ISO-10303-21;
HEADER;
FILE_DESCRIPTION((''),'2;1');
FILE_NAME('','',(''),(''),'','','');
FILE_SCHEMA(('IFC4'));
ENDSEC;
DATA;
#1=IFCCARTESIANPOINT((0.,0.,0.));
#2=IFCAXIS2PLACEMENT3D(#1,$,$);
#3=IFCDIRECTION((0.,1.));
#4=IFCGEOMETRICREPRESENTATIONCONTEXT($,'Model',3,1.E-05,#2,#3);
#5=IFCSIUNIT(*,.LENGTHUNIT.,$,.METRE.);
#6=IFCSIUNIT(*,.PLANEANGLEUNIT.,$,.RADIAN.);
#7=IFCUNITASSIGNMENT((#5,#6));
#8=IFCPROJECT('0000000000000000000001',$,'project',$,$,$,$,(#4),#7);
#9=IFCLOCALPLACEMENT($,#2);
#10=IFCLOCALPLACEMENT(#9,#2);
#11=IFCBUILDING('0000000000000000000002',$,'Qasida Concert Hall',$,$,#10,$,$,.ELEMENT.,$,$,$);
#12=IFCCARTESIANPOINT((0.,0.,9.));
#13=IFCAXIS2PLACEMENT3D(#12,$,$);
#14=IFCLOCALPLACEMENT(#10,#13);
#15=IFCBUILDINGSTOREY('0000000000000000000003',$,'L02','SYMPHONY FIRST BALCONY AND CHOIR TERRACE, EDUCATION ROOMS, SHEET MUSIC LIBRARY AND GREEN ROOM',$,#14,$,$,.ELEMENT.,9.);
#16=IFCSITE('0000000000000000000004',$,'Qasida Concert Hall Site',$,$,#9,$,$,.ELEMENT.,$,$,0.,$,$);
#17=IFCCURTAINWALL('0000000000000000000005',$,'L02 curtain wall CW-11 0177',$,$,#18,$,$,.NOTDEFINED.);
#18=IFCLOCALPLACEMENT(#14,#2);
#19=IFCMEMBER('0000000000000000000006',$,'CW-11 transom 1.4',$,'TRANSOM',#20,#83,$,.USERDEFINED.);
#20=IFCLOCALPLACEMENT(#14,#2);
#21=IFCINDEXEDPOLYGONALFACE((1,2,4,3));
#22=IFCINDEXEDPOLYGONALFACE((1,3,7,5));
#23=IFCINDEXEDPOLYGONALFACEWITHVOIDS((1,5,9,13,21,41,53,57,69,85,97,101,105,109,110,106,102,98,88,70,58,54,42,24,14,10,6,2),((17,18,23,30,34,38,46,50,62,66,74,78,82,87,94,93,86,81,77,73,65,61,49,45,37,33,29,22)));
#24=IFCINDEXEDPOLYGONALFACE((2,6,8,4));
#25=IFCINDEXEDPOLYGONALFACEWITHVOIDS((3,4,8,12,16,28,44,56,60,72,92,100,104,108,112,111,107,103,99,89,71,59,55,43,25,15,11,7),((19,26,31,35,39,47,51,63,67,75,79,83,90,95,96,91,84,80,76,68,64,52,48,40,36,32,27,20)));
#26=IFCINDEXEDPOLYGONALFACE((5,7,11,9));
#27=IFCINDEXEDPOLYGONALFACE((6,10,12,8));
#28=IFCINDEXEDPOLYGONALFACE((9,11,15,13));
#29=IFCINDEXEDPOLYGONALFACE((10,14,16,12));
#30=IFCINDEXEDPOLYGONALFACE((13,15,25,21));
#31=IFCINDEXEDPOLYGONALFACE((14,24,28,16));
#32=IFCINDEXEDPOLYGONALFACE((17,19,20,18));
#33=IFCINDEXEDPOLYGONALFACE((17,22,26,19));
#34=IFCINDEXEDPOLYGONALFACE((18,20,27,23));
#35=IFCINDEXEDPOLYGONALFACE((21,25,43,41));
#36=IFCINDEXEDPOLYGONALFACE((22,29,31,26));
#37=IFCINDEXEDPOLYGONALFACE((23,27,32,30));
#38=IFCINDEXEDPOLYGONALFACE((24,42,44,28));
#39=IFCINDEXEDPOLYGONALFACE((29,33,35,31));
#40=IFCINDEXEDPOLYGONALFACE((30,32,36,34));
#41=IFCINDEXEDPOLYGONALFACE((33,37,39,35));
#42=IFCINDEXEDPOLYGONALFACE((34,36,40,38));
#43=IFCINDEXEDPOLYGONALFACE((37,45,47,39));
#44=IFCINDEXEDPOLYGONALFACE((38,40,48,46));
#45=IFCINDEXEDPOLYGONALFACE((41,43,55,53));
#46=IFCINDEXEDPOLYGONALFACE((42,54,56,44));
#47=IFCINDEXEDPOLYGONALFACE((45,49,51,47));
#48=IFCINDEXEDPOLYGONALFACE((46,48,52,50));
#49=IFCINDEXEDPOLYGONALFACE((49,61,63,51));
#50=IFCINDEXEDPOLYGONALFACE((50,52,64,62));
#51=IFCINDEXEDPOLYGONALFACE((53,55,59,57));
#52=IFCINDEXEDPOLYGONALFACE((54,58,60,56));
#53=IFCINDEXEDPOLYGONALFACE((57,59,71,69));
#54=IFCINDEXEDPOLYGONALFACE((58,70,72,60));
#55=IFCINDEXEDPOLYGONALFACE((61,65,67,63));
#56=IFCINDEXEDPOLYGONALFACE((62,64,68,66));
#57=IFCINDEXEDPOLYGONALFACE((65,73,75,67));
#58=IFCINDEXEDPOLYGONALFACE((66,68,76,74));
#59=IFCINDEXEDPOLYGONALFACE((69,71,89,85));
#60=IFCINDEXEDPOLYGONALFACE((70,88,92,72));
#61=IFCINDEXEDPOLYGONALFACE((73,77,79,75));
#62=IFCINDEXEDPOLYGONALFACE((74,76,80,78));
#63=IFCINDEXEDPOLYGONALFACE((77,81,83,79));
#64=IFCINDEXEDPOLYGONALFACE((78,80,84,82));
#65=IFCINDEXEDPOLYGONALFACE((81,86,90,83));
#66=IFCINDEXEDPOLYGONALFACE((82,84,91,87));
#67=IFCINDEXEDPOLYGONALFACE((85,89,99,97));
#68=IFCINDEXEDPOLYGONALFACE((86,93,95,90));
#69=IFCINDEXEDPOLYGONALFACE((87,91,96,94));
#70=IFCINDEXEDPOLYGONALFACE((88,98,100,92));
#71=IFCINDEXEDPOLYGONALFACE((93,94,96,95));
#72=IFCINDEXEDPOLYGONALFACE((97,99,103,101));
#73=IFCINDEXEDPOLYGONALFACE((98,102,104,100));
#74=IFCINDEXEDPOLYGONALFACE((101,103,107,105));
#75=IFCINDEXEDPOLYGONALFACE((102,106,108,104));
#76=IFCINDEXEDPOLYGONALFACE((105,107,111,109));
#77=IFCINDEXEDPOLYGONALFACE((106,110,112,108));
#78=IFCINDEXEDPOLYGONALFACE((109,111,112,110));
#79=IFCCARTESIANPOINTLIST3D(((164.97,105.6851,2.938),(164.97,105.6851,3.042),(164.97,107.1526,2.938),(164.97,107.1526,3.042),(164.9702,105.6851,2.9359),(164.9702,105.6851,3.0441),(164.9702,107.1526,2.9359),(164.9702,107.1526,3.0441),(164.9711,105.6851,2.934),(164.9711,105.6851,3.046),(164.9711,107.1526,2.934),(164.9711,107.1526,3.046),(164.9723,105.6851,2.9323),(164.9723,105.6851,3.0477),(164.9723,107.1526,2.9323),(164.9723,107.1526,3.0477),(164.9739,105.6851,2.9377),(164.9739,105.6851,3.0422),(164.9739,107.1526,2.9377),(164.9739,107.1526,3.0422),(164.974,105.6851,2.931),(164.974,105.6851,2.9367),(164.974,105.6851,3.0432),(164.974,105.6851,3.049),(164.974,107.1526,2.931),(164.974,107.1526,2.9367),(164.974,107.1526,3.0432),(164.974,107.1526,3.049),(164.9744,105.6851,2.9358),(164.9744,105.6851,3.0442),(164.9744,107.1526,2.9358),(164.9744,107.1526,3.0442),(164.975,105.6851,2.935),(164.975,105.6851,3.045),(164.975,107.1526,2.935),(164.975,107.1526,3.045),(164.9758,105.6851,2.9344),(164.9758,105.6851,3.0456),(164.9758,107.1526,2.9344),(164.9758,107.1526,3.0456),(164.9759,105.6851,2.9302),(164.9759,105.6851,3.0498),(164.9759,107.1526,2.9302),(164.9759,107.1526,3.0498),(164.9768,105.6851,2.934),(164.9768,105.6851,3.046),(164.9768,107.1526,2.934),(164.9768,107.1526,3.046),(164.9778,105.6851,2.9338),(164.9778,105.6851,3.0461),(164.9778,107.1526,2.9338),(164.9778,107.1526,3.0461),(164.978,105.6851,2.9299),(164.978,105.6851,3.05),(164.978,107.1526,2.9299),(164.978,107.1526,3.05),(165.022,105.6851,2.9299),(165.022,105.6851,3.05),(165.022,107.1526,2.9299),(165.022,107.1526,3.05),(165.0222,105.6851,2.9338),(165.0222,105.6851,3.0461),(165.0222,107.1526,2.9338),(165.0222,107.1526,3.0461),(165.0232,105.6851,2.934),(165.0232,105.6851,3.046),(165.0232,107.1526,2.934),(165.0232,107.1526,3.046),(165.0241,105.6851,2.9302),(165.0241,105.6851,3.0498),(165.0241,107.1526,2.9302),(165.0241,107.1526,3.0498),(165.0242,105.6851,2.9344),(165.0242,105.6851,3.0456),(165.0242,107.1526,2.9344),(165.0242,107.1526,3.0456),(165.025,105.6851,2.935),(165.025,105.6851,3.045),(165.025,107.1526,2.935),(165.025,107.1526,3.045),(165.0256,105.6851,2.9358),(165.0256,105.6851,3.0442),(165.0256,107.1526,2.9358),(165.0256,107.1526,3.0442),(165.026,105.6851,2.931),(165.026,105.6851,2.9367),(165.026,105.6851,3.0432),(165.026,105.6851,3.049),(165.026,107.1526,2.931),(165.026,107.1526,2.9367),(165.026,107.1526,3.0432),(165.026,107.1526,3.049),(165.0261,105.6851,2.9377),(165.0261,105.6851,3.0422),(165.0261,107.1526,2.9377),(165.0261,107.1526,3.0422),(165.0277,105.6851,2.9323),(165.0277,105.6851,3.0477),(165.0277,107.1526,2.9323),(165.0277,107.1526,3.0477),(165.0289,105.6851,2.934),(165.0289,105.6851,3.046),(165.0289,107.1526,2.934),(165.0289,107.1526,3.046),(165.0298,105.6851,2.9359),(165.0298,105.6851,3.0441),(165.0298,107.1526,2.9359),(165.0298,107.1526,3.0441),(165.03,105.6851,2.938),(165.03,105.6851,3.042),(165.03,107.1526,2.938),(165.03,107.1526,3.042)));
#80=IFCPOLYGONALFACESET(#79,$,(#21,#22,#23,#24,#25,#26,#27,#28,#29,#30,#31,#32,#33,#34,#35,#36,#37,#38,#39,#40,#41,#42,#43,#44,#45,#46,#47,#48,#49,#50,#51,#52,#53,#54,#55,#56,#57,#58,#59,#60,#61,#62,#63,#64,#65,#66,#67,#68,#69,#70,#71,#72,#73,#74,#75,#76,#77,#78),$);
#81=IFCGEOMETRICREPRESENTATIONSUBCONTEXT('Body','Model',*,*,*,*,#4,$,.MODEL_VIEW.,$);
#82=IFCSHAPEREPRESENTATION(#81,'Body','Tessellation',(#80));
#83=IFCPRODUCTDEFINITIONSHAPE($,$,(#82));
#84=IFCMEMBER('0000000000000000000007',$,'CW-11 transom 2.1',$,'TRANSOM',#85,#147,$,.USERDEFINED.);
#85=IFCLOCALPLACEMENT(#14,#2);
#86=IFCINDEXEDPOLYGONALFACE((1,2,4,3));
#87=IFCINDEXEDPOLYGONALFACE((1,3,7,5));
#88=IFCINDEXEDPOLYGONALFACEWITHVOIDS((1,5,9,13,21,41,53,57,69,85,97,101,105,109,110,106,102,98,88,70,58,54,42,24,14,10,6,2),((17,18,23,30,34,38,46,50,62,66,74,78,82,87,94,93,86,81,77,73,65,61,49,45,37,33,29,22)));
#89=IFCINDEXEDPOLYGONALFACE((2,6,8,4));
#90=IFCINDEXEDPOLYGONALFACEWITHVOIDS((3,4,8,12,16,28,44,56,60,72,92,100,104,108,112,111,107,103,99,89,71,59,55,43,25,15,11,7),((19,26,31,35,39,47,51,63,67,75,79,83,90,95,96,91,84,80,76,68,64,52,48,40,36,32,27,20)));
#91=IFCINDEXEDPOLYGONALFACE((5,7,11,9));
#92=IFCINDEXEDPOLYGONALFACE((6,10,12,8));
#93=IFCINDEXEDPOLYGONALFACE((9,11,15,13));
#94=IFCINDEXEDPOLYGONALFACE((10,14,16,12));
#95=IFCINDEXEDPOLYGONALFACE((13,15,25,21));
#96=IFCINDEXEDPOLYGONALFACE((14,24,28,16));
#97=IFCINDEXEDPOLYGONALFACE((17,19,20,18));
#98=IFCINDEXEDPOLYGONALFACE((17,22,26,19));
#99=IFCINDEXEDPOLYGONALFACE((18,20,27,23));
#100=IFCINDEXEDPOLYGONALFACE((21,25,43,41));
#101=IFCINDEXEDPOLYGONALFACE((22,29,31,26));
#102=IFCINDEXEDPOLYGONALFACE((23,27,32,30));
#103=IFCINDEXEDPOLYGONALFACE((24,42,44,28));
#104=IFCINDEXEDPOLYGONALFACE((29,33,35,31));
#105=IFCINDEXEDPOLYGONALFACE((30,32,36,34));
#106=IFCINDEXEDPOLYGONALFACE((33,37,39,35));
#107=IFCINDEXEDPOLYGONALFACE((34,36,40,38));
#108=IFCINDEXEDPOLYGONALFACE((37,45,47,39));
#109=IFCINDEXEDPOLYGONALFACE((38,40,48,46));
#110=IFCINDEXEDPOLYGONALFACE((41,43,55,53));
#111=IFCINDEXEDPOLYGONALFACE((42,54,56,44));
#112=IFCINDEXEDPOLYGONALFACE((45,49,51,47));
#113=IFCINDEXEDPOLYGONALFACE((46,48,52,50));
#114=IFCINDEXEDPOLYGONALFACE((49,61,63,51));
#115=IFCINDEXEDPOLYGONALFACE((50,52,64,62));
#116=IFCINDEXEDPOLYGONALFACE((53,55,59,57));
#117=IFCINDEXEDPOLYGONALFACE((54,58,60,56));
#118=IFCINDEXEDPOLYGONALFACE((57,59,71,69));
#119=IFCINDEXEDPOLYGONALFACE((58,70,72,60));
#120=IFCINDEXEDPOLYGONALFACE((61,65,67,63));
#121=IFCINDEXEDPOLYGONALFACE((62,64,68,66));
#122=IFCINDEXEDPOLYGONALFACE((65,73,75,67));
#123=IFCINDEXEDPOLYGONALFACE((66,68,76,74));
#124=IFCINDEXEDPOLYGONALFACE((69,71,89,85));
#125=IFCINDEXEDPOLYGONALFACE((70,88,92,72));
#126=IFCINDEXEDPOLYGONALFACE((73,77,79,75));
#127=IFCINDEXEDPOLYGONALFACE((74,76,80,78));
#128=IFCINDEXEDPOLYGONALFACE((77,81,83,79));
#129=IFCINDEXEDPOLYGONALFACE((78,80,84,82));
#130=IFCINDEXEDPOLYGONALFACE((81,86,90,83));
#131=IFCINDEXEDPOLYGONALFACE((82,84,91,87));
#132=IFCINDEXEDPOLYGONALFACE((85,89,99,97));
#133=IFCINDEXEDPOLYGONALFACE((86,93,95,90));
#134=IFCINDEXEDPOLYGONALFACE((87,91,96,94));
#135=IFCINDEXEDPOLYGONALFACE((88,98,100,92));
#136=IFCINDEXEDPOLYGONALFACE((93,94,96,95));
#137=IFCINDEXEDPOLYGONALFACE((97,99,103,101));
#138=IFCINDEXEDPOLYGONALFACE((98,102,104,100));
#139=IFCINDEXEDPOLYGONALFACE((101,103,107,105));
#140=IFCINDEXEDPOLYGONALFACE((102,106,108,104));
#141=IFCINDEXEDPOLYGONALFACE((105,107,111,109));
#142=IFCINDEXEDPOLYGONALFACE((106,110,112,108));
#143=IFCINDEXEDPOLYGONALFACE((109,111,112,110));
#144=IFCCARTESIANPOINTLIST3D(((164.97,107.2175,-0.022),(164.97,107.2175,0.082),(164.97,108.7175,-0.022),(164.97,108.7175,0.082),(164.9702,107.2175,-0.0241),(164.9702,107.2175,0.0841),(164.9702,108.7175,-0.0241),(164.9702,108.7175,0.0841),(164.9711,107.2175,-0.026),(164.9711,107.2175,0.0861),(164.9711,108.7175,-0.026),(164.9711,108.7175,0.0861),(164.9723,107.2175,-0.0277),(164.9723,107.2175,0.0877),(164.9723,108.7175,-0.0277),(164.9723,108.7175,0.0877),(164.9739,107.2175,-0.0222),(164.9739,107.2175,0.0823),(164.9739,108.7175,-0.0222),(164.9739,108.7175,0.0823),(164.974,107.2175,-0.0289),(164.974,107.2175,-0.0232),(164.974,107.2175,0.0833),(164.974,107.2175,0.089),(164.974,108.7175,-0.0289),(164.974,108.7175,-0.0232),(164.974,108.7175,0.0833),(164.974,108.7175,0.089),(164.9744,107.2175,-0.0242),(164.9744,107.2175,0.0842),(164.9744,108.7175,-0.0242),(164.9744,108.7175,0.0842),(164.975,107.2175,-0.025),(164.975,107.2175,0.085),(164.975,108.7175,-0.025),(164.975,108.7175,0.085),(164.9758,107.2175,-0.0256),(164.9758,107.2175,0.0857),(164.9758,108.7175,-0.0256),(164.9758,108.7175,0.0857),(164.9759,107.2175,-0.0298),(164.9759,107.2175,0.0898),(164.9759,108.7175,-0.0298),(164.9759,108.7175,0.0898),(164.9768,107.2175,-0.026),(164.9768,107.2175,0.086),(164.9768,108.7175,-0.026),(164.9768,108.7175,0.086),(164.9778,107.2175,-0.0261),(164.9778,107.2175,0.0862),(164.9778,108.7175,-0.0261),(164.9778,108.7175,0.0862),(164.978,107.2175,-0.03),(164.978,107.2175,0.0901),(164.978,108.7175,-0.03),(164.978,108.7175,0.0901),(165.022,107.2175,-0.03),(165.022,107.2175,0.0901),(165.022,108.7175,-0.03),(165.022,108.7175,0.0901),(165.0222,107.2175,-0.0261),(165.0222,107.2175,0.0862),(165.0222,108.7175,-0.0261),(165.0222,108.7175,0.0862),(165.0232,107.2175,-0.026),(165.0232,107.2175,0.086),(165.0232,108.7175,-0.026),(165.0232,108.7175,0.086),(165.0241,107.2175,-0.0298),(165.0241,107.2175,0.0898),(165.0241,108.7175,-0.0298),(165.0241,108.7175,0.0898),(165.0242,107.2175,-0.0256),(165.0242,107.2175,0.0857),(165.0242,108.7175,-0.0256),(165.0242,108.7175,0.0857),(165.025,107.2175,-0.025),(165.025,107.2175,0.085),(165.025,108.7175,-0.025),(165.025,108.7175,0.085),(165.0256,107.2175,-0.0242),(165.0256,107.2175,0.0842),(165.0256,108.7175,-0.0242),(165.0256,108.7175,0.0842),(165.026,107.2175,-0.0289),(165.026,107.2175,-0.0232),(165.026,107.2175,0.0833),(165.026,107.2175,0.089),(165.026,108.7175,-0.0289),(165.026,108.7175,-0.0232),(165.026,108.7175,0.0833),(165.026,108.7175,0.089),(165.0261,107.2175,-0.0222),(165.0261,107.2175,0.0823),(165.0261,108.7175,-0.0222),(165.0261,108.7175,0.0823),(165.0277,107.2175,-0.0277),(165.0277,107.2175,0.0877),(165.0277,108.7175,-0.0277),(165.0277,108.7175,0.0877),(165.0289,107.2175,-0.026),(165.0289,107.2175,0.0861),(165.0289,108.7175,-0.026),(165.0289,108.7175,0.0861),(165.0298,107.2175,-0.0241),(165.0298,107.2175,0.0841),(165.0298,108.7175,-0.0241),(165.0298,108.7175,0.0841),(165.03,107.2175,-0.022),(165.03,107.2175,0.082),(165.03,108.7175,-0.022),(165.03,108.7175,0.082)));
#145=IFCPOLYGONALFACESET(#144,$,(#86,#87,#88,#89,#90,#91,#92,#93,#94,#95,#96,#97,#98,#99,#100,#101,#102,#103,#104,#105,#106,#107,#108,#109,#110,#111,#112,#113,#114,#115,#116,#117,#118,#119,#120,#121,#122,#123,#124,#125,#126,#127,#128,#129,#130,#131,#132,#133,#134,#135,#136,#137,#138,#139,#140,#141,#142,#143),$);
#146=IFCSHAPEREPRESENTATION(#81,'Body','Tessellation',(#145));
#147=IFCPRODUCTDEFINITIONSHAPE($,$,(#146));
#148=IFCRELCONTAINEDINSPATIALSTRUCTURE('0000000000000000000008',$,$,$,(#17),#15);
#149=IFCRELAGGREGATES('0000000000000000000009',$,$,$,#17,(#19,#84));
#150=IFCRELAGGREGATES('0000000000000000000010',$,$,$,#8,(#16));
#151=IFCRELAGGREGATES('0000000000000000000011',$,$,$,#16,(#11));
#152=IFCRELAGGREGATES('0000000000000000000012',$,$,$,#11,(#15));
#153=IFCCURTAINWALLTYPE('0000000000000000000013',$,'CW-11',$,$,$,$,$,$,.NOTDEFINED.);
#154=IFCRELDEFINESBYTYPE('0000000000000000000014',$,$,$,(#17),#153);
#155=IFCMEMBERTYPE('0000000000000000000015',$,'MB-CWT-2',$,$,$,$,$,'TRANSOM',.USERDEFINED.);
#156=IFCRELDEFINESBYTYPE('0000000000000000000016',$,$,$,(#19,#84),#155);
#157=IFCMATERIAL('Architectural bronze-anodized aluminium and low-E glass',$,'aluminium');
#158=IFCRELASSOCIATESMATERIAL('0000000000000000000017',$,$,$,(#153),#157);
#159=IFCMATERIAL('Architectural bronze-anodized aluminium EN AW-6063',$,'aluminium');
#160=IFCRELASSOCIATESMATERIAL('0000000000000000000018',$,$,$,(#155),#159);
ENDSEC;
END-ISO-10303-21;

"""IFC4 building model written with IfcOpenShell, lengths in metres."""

from ifc_helpers import new_model, si_unit, direction, frame, origin, origin_2d, place, context, subcontext, project, spatial, hollow_rectangle, extrude, material, material_profile, profile_set, type_object, element, aggregate, save


model = new_model("IFC4")

# Units and contexts
model_context = context("Model", 3, precision=1e-05, world=origin(), true_north=direction((0.0, 1.0)))
body_context = subcontext(model_context, "Body", "Model", "MODEL_VIEW")
ifc_project = project(units=[si_unit("LENGTHUNIT", "METRE"), si_unit("PLANEANGLEUNIT", "RADIAN")], contexts=[model_context])

# Site, building, storey
site_placement = place(None, origin())
site = spatial("IfcSite", under=ifc_project, at=site_placement, Name="Qasida Concert Hall Site", CompositionType="ELEMENT", RefElevation=0.0)
building_placement = place(site_placement, origin())
building = spatial("IfcBuilding", under=site, at=building_placement, Name="Qasida Concert Hall", CompositionType="ELEMENT")
storey_placement = place(building_placement, frame((0.0, 0.0, 9.0)))
storey = spatial("IfcBuildingStorey", under=building, at=storey_placement, Name="L02", Description="SYMPHONY FIRST BALCONY AND CHOIR TERRACE, EDUCATION ROOMS, SHEET MUSIC LIBRARY AND GREEN ROOM", CompositionType="ELEMENT", Elevation=9.0)

# Curtain wall, members
ifc_material_1 = material(Name="Architectural bronze-anodized aluminium and low-E glass", Category="aluminium")
curtain_wall_type = type_object("IfcCurtainWallType", Name="CW-11", PredefinedType="NOTDEFINED", material=ifc_material_1)
curtain_wall_placement = place(storey_placement, origin())
curtain_wall = element("IfcCurtainWall", 1, at=curtain_wall_placement, inside=storey, type_object=curtain_wall_type, Name="L02 curtain wall CW-11 0177", PredefinedType="NOTDEFINED")
ifc_material_2 = material(Name="Architectural bronze-anodized aluminium EN AW-6063", Category="aluminium")
ifc_material_profile_1 = material_profile(ifc_material_2, hollow_rectangle(XDim=0.0601, YDim=0.1201, WallThickness=0.0039, InnerFilletRadius=0.0039, OuterFilletRadius=0.0081, at=origin_2d()), Name="CWT 120x60x4")
ifc_profile_set_1 = profile_set([ifc_material_profile_1], Name="Architectural bronze-anodized aluminium EN AW-6063")
member_type_1 = type_object("IfcMemberType", Name="MB-CWT-2", ElementType="TRANSOM", PredefinedType="USERDEFINED", material=ifc_profile_set_1)
member_1_placement = place(storey_placement, frame((165.0, 105.6851, 2.99), z_axis=(0.0, 1.0, 0.0), x_axis=(-1.0, 0.0, 0.0)))
member_1 = element("IfcMember", 2, at=member_1_placement, type_object=member_type_1, Name="CW-11 transom 1.4", ObjectType="TRANSOM", PredefinedType="USERDEFINED", context=body_context, shape_type="SweptSolid", body=[
    extrude(hollow_rectangle(XDim=0.0601, YDim=0.1201, WallThickness=0.0039, InnerFilletRadius=0.0039, OuterFilletRadius=0.0081, at=origin_2d()), origin(), (0.0, 0.0, 1.0), 1.4675),
])
member_2_placement = place(storey_placement, frame((165.0, 107.2175, 0.03), z_axis=(0.0, 1.0, 0.0), x_axis=(-1.0, 0.0, 0.0)))
member_2 = element("IfcMember", 3, at=member_2_placement, type_object=member_type_1, Name="CW-11 transom 2.1", ObjectType="TRANSOM", PredefinedType="USERDEFINED", context=body_context, shape_type="SweptSolid", body=[
    extrude(hollow_rectangle(XDim=0.0601, YDim=0.1201, WallThickness=0.0039, InnerFilletRadius=0.0039, OuterFilletRadius=0.0081, at=origin_2d()), origin(), (0.0, 0.0, 1.0), 1.5),
])
aggregate(curtain_wall, [member_1, member_2])

save(model, "model.ifc")
